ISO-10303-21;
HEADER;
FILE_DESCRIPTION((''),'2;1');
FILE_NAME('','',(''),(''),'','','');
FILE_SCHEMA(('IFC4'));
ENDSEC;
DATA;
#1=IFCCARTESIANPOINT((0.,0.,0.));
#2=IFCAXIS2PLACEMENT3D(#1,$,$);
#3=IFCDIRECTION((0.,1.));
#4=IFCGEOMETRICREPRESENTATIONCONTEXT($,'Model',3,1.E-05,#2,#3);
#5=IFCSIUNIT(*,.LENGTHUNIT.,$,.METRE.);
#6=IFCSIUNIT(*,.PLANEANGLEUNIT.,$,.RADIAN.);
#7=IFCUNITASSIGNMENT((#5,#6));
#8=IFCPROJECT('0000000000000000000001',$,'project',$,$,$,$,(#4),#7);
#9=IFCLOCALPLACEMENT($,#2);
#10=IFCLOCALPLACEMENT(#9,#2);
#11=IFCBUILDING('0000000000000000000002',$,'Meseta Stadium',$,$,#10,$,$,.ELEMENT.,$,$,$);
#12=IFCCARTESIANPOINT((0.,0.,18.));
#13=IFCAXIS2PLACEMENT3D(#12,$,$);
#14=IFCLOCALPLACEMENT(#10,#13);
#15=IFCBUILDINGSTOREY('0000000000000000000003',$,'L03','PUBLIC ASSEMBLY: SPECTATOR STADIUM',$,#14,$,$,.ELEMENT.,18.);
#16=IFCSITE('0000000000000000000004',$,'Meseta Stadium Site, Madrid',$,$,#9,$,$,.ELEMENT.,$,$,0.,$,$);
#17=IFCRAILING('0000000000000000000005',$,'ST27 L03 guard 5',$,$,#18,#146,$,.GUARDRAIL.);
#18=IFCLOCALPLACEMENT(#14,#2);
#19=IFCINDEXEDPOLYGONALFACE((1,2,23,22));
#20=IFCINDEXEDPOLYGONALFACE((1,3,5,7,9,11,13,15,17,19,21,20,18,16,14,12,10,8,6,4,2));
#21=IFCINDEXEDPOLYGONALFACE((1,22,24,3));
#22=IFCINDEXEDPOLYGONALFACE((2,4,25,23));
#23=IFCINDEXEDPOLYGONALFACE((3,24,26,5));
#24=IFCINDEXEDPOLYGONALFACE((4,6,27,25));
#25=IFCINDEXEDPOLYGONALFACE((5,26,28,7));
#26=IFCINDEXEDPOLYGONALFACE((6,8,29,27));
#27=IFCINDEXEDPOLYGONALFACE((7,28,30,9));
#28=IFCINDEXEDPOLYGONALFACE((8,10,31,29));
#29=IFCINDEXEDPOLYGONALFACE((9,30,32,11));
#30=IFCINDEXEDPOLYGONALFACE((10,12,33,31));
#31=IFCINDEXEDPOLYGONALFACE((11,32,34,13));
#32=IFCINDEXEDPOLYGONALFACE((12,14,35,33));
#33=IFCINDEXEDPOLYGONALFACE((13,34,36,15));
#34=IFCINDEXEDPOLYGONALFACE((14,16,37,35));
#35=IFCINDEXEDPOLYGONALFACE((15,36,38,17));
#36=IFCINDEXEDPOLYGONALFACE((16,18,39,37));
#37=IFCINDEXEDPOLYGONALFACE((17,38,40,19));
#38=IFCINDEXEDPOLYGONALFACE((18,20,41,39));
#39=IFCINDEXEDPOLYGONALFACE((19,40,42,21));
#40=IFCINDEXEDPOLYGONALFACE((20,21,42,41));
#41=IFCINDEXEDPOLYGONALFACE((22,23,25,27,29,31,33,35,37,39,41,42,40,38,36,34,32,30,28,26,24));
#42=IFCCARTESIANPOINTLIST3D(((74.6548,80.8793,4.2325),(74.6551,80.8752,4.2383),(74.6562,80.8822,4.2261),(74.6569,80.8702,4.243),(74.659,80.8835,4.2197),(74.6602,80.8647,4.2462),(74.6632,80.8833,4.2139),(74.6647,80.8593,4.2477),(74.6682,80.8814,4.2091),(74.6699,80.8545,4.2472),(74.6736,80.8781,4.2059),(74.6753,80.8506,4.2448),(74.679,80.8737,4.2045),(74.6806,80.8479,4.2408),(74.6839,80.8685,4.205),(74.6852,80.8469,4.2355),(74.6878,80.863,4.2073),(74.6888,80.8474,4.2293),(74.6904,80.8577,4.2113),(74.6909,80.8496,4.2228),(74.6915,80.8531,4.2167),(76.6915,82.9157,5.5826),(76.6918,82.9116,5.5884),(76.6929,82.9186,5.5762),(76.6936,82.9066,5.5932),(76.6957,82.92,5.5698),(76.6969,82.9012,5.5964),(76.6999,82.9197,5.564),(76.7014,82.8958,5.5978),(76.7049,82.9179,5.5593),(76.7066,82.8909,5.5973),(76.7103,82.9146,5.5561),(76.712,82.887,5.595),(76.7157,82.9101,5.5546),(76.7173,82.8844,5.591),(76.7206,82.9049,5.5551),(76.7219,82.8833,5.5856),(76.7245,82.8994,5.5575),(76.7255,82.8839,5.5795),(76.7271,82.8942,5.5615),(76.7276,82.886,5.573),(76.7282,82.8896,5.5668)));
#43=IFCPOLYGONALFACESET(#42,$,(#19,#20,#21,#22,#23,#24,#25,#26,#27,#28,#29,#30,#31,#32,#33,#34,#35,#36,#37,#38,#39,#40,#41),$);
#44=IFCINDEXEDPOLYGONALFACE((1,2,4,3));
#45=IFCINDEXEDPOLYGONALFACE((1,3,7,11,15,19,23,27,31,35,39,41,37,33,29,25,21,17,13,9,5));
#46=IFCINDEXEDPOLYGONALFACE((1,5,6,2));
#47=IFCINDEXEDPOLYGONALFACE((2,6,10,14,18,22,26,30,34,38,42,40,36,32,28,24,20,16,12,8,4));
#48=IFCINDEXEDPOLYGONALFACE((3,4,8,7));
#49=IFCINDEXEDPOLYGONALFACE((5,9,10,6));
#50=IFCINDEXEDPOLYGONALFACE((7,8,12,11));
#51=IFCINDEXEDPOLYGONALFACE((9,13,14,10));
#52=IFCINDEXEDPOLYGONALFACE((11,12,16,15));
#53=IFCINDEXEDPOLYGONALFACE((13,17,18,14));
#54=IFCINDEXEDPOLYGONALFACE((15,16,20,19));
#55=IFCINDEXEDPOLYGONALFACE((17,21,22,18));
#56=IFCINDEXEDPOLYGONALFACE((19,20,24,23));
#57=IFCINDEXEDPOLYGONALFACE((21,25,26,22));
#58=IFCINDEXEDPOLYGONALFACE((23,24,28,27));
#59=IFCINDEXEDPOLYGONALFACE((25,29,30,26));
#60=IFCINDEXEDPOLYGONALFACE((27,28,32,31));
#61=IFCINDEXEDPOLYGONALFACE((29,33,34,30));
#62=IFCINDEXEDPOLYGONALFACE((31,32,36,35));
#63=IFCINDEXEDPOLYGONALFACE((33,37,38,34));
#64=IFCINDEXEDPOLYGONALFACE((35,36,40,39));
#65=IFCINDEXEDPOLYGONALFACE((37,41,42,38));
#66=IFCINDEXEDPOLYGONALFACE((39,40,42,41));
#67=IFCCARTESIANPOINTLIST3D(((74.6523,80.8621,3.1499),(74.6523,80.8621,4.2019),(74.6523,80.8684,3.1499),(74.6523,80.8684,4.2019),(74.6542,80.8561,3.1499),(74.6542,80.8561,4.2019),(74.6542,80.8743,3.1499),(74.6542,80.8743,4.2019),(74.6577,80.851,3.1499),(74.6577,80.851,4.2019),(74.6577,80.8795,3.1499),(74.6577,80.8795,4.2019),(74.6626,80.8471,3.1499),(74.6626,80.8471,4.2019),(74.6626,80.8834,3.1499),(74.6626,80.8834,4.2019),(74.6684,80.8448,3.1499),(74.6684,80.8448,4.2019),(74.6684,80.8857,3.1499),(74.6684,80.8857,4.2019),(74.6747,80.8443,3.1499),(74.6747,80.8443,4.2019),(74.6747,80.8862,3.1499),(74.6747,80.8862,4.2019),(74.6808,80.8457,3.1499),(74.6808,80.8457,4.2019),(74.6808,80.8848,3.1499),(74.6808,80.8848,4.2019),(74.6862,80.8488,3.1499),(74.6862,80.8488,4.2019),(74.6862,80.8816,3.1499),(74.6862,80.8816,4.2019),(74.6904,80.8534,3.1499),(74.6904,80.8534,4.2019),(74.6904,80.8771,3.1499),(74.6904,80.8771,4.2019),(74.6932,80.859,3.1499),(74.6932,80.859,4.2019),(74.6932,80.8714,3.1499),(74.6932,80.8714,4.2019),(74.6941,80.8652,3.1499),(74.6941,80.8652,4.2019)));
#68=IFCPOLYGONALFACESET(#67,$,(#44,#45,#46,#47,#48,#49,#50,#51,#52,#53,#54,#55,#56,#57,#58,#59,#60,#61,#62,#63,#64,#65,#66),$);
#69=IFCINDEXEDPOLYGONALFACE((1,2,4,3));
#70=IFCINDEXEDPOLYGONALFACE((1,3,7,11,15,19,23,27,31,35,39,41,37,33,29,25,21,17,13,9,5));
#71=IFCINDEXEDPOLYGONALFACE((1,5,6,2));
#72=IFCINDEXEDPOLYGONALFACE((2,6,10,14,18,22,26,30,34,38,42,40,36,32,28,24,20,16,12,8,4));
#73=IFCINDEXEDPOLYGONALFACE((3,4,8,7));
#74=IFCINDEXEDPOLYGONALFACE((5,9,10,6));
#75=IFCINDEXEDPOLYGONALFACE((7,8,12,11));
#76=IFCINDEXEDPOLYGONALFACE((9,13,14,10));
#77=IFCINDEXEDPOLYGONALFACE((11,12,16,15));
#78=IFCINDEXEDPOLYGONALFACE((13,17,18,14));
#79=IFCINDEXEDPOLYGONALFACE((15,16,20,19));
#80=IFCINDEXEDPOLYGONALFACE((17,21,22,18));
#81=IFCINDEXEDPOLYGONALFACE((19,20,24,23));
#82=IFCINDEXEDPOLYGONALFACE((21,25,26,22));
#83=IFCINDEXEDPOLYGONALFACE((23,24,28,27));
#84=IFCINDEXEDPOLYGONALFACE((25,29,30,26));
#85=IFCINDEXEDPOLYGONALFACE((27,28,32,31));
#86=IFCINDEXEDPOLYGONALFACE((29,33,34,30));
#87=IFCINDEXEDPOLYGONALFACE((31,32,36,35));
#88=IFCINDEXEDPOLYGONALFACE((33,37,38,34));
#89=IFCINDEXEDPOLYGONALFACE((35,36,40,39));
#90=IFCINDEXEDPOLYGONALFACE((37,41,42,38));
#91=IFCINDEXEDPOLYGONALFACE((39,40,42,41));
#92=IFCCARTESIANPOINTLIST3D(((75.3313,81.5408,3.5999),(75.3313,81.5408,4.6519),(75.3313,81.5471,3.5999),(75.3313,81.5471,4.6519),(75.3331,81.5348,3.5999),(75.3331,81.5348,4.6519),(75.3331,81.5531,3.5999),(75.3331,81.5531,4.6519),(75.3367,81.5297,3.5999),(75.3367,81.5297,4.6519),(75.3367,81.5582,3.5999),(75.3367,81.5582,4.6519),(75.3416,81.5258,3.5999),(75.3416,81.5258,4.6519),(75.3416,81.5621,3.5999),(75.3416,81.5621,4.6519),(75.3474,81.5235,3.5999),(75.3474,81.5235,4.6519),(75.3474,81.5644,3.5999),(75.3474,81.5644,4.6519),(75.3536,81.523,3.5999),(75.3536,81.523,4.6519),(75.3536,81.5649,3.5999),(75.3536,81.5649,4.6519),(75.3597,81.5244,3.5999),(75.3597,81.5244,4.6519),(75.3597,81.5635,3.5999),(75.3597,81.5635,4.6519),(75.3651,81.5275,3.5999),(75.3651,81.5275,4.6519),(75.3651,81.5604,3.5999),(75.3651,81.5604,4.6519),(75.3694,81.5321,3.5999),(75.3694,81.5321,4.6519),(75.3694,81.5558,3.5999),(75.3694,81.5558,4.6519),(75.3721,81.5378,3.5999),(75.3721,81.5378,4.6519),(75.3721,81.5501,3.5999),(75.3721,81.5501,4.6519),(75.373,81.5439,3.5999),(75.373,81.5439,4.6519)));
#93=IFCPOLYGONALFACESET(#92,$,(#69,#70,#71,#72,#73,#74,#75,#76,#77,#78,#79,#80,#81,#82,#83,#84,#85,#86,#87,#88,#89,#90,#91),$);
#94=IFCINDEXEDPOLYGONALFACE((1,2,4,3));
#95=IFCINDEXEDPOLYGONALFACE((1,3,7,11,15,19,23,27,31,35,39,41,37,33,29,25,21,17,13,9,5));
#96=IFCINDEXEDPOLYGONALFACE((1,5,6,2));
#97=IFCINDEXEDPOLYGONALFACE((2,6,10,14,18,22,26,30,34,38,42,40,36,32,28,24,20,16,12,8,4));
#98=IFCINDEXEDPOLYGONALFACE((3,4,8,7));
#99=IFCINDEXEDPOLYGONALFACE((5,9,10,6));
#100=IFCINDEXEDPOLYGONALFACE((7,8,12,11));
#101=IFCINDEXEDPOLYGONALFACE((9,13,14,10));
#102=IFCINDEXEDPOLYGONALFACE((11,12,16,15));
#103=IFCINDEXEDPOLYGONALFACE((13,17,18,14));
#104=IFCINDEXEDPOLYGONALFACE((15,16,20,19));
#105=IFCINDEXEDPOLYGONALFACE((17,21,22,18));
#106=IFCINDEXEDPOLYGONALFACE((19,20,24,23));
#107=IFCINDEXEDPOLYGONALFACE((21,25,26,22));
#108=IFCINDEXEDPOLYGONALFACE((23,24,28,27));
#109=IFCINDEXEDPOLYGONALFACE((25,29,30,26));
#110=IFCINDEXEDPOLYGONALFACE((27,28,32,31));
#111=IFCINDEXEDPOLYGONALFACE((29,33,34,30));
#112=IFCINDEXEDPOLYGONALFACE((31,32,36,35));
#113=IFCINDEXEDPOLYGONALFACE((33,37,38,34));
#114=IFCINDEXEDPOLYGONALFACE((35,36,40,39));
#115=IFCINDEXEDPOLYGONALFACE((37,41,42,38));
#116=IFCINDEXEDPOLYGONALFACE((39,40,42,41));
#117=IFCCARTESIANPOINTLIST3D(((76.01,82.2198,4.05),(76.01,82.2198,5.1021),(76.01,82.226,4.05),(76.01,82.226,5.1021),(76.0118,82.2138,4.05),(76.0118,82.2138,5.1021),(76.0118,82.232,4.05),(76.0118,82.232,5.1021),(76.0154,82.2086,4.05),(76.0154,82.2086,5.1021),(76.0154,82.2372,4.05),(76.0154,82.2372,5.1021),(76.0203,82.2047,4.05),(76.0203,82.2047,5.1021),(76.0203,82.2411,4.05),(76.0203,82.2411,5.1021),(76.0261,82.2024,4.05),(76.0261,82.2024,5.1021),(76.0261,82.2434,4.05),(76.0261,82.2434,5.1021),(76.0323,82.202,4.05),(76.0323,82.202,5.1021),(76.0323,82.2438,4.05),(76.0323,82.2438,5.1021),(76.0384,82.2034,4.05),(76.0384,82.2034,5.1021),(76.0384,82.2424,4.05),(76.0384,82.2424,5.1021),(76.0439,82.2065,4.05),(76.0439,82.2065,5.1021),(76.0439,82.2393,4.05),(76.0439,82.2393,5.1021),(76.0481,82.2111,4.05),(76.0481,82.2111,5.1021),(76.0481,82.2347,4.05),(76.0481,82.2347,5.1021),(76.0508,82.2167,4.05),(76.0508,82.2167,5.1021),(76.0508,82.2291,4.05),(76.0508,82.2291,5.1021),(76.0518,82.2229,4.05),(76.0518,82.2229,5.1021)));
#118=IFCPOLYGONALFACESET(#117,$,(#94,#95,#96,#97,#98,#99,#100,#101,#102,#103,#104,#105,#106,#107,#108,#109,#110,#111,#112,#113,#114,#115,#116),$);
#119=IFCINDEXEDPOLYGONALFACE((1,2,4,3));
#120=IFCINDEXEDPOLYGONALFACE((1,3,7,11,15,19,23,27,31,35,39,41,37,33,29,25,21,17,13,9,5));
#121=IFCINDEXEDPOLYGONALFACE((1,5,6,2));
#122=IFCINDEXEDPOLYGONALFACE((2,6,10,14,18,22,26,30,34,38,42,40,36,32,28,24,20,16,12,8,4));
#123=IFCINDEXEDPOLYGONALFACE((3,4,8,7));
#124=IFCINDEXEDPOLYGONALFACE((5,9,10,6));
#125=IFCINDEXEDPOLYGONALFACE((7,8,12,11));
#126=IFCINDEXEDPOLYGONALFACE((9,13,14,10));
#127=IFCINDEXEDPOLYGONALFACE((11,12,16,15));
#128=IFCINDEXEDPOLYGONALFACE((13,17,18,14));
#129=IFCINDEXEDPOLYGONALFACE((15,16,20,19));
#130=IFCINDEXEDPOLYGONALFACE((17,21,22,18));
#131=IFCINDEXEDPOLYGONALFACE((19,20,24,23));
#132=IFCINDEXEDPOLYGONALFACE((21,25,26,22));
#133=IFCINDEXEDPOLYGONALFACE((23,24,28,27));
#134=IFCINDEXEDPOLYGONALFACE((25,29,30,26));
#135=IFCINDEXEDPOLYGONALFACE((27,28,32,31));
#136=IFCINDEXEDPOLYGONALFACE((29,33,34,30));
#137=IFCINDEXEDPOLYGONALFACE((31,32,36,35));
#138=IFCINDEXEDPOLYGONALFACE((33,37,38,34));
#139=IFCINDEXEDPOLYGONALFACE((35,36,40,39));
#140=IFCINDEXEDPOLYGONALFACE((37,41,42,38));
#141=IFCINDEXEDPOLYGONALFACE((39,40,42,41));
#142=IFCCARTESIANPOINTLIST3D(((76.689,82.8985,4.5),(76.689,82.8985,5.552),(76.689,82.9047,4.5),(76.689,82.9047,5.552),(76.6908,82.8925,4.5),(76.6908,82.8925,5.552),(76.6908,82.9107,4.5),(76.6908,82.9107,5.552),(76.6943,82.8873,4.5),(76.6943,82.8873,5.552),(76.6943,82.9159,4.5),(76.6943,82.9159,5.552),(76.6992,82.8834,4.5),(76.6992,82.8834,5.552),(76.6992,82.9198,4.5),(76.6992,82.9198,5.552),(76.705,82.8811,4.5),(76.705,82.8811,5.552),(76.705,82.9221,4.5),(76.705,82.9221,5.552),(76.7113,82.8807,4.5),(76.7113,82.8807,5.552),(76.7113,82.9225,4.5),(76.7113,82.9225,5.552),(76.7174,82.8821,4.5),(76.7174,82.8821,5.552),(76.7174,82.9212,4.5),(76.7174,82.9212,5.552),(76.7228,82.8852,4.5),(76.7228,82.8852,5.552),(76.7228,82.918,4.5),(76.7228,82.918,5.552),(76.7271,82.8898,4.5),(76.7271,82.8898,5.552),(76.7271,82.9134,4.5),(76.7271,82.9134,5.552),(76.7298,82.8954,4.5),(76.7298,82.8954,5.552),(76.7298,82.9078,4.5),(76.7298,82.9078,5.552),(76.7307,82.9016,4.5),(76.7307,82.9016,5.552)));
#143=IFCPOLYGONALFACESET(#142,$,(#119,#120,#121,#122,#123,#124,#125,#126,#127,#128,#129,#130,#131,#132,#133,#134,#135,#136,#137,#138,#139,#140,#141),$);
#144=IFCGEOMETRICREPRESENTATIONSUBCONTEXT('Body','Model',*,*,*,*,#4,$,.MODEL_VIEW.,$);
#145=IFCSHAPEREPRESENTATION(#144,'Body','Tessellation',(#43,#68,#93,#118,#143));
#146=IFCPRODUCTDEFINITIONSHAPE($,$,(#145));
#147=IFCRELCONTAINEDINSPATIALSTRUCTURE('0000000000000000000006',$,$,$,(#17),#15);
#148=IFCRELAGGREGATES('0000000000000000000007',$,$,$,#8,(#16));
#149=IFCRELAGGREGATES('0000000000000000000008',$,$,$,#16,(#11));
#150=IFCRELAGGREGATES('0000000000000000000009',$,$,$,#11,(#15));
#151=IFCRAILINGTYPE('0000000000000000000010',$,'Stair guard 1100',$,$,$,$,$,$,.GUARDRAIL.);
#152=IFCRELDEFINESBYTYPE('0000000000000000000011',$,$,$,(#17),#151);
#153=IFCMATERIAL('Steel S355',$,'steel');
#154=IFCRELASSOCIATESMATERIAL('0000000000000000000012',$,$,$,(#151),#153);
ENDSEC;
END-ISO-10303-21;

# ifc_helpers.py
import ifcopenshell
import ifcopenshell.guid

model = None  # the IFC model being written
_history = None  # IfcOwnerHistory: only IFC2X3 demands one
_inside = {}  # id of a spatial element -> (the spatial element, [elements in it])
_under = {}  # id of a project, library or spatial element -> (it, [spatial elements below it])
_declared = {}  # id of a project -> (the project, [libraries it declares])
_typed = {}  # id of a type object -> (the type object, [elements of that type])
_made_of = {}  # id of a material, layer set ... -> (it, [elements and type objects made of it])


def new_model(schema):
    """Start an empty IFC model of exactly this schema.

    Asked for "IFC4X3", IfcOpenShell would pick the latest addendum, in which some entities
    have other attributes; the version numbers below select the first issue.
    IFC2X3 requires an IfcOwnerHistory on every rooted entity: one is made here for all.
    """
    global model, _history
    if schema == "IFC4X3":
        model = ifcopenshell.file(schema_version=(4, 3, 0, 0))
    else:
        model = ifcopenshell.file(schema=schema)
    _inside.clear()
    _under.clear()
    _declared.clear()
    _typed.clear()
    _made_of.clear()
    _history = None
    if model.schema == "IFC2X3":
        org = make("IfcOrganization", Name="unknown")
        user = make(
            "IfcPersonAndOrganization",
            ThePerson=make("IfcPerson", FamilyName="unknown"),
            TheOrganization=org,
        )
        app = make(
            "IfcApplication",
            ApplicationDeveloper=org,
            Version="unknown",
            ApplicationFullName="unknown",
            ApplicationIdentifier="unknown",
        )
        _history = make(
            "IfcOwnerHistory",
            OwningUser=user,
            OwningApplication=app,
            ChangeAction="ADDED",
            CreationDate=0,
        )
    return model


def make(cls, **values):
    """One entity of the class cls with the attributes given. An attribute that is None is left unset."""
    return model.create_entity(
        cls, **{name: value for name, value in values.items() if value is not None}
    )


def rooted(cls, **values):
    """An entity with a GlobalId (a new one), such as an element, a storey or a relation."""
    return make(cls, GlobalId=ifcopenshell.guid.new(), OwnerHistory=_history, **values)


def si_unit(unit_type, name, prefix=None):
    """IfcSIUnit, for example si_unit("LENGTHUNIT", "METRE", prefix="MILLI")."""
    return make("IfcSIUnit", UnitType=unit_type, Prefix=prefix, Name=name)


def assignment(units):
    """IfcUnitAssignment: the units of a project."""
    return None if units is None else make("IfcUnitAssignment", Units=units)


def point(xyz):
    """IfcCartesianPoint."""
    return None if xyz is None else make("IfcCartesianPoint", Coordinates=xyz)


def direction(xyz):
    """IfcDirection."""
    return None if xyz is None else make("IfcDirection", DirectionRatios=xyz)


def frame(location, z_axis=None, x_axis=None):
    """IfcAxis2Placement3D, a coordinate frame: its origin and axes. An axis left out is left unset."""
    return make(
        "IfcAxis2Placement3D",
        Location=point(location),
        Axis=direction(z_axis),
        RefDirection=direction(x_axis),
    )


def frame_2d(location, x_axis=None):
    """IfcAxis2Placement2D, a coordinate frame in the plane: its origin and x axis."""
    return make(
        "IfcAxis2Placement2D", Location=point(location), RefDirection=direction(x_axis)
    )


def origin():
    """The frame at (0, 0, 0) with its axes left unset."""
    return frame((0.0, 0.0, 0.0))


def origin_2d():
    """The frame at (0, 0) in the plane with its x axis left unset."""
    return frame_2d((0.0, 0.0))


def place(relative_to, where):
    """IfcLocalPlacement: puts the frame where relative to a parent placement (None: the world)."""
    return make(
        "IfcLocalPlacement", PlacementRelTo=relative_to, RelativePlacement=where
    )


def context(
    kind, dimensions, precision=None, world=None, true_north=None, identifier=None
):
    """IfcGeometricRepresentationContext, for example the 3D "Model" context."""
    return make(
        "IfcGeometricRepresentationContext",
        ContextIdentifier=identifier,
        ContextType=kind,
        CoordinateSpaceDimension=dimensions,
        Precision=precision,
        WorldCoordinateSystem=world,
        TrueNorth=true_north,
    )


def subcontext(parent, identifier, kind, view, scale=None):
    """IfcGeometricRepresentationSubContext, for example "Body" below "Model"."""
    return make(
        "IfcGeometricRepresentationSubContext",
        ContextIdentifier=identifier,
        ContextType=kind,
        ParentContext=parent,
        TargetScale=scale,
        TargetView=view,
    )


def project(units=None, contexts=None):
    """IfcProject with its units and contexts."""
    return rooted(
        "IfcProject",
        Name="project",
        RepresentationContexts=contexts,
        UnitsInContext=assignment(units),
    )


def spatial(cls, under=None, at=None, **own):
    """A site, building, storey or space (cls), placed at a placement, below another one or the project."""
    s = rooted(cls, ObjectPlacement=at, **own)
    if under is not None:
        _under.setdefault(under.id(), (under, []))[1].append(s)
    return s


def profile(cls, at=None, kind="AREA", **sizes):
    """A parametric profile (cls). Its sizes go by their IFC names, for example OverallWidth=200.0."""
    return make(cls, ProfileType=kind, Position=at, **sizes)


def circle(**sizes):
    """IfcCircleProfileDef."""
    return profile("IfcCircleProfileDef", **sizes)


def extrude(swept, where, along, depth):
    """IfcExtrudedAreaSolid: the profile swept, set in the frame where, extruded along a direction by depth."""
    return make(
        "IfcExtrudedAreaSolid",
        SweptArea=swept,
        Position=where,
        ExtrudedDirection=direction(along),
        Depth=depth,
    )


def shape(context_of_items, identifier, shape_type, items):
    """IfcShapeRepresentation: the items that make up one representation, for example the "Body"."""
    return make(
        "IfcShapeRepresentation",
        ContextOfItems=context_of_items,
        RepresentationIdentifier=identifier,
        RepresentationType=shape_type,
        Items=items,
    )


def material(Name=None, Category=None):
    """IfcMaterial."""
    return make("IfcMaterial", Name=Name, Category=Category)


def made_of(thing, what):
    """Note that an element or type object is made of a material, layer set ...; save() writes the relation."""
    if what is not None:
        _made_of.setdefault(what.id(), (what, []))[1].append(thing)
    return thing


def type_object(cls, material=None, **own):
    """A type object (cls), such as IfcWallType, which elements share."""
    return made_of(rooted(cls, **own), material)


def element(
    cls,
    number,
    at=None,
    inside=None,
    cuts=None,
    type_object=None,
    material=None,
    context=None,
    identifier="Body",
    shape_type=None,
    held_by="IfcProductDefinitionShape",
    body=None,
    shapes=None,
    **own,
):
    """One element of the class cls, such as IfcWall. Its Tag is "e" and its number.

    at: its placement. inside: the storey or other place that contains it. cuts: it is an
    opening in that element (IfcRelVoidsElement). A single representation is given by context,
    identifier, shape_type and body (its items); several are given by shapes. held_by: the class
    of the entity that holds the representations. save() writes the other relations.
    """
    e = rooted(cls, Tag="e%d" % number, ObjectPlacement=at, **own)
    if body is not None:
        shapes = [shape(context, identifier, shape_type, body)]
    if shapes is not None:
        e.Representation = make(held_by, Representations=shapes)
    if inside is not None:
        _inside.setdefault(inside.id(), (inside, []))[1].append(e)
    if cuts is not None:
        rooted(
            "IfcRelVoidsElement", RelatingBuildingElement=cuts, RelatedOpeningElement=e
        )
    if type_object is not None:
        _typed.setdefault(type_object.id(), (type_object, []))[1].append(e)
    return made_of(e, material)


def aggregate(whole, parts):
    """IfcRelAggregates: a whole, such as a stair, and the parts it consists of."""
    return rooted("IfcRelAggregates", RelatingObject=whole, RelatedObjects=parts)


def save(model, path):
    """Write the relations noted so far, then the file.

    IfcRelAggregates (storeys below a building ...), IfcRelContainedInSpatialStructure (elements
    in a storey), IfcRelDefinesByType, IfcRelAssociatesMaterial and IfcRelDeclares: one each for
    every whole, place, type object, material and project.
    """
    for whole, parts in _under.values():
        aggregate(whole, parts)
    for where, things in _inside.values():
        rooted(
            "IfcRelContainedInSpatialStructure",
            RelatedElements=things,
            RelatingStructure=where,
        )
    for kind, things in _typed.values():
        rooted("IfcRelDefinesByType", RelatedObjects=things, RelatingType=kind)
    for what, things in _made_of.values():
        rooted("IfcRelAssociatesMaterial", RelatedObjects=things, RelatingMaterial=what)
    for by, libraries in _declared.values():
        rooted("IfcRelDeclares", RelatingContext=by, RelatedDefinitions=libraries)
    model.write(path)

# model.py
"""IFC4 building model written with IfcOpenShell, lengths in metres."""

from ifc_helpers import new_model, si_unit, direction, frame, origin, origin_2d, place, context, subcontext, project, spatial, circle, extrude, material, type_object, element, save


model = new_model("IFC4")

# Units and contexts
model_context = context("Model", 3, precision=1e-05, world=origin(), true_north=direction((0.0, 1.0)))
body_context = subcontext(model_context, "Body", "Model", "MODEL_VIEW")
ifc_project = project(units=[si_unit("LENGTHUNIT", "METRE"), si_unit("PLANEANGLEUNIT", "RADIAN")], contexts=[model_context])

# Site, building, storey
site_placement = place(None, origin())
site = spatial("IfcSite", under=ifc_project, at=site_placement, Name="Meseta Stadium Site, Madrid", CompositionType="ELEMENT", RefElevation=0.0)
building_placement = place(site_placement, origin())
building = spatial("IfcBuilding", under=site, at=building_placement, Name="Meseta Stadium", CompositionType="ELEMENT")
storey_placement = place(building_placement, frame((0.0, 0.0, 18.0)))
storey = spatial("IfcBuildingStorey", under=building, at=storey_placement, Name="L03", Description="PUBLIC ASSEMBLY: SPECTATOR STADIUM", CompositionType="ELEMENT", Elevation=18.0)

# Railing
ifc_material_1 = material(Name="Steel S355", Category="steel")
railing_type_1 = type_object("IfcRailingType", Name="Stair guard 1100", PredefinedType="GUARDRAIL", material=ifc_material_1)
railing_1_placement = place(storey_placement, frame((74.6731, 80.8652, 3.1499)))
element("IfcRailing", 1, at=railing_1_placement, inside=storey, type_object=railing_type_1, Name="ST27 L03 guard 5", PredefinedType="GUARDRAIL", context=body_context, shape_type="SweptSolid", body=[
    extrude(circle(Radius=0.0239, at=origin_2d()), frame((0.0, 0.0, 1.0762), z_axis=(0.640288, 0.640211, 0.424454), x_axis=(-0.707064, 0.707149, 0.0)), (0.0, 0.0, 1.0), 3.1809),
    extrude(circle(Radius=0.021, at=origin_2d()), origin(), (0.0, 0.0, 1.0), 1.052),
    extrude(circle(Radius=0.021, at=origin_2d()), frame((0.679, 0.6787, 0.45)), (0.0, 0.0, 1.0), 1.052),
    extrude(circle(Radius=0.021, at=origin_2d()), frame((1.3577, 1.3577, 0.9001)), (0.0, 0.0, 1.0), 1.052),
    extrude(circle(Radius=0.021, at=origin_2d()), frame((2.0366, 2.0364, 1.3501)), (0.0, 0.0, 1.0), 1.052),
])

save(model, "model.ifc")
